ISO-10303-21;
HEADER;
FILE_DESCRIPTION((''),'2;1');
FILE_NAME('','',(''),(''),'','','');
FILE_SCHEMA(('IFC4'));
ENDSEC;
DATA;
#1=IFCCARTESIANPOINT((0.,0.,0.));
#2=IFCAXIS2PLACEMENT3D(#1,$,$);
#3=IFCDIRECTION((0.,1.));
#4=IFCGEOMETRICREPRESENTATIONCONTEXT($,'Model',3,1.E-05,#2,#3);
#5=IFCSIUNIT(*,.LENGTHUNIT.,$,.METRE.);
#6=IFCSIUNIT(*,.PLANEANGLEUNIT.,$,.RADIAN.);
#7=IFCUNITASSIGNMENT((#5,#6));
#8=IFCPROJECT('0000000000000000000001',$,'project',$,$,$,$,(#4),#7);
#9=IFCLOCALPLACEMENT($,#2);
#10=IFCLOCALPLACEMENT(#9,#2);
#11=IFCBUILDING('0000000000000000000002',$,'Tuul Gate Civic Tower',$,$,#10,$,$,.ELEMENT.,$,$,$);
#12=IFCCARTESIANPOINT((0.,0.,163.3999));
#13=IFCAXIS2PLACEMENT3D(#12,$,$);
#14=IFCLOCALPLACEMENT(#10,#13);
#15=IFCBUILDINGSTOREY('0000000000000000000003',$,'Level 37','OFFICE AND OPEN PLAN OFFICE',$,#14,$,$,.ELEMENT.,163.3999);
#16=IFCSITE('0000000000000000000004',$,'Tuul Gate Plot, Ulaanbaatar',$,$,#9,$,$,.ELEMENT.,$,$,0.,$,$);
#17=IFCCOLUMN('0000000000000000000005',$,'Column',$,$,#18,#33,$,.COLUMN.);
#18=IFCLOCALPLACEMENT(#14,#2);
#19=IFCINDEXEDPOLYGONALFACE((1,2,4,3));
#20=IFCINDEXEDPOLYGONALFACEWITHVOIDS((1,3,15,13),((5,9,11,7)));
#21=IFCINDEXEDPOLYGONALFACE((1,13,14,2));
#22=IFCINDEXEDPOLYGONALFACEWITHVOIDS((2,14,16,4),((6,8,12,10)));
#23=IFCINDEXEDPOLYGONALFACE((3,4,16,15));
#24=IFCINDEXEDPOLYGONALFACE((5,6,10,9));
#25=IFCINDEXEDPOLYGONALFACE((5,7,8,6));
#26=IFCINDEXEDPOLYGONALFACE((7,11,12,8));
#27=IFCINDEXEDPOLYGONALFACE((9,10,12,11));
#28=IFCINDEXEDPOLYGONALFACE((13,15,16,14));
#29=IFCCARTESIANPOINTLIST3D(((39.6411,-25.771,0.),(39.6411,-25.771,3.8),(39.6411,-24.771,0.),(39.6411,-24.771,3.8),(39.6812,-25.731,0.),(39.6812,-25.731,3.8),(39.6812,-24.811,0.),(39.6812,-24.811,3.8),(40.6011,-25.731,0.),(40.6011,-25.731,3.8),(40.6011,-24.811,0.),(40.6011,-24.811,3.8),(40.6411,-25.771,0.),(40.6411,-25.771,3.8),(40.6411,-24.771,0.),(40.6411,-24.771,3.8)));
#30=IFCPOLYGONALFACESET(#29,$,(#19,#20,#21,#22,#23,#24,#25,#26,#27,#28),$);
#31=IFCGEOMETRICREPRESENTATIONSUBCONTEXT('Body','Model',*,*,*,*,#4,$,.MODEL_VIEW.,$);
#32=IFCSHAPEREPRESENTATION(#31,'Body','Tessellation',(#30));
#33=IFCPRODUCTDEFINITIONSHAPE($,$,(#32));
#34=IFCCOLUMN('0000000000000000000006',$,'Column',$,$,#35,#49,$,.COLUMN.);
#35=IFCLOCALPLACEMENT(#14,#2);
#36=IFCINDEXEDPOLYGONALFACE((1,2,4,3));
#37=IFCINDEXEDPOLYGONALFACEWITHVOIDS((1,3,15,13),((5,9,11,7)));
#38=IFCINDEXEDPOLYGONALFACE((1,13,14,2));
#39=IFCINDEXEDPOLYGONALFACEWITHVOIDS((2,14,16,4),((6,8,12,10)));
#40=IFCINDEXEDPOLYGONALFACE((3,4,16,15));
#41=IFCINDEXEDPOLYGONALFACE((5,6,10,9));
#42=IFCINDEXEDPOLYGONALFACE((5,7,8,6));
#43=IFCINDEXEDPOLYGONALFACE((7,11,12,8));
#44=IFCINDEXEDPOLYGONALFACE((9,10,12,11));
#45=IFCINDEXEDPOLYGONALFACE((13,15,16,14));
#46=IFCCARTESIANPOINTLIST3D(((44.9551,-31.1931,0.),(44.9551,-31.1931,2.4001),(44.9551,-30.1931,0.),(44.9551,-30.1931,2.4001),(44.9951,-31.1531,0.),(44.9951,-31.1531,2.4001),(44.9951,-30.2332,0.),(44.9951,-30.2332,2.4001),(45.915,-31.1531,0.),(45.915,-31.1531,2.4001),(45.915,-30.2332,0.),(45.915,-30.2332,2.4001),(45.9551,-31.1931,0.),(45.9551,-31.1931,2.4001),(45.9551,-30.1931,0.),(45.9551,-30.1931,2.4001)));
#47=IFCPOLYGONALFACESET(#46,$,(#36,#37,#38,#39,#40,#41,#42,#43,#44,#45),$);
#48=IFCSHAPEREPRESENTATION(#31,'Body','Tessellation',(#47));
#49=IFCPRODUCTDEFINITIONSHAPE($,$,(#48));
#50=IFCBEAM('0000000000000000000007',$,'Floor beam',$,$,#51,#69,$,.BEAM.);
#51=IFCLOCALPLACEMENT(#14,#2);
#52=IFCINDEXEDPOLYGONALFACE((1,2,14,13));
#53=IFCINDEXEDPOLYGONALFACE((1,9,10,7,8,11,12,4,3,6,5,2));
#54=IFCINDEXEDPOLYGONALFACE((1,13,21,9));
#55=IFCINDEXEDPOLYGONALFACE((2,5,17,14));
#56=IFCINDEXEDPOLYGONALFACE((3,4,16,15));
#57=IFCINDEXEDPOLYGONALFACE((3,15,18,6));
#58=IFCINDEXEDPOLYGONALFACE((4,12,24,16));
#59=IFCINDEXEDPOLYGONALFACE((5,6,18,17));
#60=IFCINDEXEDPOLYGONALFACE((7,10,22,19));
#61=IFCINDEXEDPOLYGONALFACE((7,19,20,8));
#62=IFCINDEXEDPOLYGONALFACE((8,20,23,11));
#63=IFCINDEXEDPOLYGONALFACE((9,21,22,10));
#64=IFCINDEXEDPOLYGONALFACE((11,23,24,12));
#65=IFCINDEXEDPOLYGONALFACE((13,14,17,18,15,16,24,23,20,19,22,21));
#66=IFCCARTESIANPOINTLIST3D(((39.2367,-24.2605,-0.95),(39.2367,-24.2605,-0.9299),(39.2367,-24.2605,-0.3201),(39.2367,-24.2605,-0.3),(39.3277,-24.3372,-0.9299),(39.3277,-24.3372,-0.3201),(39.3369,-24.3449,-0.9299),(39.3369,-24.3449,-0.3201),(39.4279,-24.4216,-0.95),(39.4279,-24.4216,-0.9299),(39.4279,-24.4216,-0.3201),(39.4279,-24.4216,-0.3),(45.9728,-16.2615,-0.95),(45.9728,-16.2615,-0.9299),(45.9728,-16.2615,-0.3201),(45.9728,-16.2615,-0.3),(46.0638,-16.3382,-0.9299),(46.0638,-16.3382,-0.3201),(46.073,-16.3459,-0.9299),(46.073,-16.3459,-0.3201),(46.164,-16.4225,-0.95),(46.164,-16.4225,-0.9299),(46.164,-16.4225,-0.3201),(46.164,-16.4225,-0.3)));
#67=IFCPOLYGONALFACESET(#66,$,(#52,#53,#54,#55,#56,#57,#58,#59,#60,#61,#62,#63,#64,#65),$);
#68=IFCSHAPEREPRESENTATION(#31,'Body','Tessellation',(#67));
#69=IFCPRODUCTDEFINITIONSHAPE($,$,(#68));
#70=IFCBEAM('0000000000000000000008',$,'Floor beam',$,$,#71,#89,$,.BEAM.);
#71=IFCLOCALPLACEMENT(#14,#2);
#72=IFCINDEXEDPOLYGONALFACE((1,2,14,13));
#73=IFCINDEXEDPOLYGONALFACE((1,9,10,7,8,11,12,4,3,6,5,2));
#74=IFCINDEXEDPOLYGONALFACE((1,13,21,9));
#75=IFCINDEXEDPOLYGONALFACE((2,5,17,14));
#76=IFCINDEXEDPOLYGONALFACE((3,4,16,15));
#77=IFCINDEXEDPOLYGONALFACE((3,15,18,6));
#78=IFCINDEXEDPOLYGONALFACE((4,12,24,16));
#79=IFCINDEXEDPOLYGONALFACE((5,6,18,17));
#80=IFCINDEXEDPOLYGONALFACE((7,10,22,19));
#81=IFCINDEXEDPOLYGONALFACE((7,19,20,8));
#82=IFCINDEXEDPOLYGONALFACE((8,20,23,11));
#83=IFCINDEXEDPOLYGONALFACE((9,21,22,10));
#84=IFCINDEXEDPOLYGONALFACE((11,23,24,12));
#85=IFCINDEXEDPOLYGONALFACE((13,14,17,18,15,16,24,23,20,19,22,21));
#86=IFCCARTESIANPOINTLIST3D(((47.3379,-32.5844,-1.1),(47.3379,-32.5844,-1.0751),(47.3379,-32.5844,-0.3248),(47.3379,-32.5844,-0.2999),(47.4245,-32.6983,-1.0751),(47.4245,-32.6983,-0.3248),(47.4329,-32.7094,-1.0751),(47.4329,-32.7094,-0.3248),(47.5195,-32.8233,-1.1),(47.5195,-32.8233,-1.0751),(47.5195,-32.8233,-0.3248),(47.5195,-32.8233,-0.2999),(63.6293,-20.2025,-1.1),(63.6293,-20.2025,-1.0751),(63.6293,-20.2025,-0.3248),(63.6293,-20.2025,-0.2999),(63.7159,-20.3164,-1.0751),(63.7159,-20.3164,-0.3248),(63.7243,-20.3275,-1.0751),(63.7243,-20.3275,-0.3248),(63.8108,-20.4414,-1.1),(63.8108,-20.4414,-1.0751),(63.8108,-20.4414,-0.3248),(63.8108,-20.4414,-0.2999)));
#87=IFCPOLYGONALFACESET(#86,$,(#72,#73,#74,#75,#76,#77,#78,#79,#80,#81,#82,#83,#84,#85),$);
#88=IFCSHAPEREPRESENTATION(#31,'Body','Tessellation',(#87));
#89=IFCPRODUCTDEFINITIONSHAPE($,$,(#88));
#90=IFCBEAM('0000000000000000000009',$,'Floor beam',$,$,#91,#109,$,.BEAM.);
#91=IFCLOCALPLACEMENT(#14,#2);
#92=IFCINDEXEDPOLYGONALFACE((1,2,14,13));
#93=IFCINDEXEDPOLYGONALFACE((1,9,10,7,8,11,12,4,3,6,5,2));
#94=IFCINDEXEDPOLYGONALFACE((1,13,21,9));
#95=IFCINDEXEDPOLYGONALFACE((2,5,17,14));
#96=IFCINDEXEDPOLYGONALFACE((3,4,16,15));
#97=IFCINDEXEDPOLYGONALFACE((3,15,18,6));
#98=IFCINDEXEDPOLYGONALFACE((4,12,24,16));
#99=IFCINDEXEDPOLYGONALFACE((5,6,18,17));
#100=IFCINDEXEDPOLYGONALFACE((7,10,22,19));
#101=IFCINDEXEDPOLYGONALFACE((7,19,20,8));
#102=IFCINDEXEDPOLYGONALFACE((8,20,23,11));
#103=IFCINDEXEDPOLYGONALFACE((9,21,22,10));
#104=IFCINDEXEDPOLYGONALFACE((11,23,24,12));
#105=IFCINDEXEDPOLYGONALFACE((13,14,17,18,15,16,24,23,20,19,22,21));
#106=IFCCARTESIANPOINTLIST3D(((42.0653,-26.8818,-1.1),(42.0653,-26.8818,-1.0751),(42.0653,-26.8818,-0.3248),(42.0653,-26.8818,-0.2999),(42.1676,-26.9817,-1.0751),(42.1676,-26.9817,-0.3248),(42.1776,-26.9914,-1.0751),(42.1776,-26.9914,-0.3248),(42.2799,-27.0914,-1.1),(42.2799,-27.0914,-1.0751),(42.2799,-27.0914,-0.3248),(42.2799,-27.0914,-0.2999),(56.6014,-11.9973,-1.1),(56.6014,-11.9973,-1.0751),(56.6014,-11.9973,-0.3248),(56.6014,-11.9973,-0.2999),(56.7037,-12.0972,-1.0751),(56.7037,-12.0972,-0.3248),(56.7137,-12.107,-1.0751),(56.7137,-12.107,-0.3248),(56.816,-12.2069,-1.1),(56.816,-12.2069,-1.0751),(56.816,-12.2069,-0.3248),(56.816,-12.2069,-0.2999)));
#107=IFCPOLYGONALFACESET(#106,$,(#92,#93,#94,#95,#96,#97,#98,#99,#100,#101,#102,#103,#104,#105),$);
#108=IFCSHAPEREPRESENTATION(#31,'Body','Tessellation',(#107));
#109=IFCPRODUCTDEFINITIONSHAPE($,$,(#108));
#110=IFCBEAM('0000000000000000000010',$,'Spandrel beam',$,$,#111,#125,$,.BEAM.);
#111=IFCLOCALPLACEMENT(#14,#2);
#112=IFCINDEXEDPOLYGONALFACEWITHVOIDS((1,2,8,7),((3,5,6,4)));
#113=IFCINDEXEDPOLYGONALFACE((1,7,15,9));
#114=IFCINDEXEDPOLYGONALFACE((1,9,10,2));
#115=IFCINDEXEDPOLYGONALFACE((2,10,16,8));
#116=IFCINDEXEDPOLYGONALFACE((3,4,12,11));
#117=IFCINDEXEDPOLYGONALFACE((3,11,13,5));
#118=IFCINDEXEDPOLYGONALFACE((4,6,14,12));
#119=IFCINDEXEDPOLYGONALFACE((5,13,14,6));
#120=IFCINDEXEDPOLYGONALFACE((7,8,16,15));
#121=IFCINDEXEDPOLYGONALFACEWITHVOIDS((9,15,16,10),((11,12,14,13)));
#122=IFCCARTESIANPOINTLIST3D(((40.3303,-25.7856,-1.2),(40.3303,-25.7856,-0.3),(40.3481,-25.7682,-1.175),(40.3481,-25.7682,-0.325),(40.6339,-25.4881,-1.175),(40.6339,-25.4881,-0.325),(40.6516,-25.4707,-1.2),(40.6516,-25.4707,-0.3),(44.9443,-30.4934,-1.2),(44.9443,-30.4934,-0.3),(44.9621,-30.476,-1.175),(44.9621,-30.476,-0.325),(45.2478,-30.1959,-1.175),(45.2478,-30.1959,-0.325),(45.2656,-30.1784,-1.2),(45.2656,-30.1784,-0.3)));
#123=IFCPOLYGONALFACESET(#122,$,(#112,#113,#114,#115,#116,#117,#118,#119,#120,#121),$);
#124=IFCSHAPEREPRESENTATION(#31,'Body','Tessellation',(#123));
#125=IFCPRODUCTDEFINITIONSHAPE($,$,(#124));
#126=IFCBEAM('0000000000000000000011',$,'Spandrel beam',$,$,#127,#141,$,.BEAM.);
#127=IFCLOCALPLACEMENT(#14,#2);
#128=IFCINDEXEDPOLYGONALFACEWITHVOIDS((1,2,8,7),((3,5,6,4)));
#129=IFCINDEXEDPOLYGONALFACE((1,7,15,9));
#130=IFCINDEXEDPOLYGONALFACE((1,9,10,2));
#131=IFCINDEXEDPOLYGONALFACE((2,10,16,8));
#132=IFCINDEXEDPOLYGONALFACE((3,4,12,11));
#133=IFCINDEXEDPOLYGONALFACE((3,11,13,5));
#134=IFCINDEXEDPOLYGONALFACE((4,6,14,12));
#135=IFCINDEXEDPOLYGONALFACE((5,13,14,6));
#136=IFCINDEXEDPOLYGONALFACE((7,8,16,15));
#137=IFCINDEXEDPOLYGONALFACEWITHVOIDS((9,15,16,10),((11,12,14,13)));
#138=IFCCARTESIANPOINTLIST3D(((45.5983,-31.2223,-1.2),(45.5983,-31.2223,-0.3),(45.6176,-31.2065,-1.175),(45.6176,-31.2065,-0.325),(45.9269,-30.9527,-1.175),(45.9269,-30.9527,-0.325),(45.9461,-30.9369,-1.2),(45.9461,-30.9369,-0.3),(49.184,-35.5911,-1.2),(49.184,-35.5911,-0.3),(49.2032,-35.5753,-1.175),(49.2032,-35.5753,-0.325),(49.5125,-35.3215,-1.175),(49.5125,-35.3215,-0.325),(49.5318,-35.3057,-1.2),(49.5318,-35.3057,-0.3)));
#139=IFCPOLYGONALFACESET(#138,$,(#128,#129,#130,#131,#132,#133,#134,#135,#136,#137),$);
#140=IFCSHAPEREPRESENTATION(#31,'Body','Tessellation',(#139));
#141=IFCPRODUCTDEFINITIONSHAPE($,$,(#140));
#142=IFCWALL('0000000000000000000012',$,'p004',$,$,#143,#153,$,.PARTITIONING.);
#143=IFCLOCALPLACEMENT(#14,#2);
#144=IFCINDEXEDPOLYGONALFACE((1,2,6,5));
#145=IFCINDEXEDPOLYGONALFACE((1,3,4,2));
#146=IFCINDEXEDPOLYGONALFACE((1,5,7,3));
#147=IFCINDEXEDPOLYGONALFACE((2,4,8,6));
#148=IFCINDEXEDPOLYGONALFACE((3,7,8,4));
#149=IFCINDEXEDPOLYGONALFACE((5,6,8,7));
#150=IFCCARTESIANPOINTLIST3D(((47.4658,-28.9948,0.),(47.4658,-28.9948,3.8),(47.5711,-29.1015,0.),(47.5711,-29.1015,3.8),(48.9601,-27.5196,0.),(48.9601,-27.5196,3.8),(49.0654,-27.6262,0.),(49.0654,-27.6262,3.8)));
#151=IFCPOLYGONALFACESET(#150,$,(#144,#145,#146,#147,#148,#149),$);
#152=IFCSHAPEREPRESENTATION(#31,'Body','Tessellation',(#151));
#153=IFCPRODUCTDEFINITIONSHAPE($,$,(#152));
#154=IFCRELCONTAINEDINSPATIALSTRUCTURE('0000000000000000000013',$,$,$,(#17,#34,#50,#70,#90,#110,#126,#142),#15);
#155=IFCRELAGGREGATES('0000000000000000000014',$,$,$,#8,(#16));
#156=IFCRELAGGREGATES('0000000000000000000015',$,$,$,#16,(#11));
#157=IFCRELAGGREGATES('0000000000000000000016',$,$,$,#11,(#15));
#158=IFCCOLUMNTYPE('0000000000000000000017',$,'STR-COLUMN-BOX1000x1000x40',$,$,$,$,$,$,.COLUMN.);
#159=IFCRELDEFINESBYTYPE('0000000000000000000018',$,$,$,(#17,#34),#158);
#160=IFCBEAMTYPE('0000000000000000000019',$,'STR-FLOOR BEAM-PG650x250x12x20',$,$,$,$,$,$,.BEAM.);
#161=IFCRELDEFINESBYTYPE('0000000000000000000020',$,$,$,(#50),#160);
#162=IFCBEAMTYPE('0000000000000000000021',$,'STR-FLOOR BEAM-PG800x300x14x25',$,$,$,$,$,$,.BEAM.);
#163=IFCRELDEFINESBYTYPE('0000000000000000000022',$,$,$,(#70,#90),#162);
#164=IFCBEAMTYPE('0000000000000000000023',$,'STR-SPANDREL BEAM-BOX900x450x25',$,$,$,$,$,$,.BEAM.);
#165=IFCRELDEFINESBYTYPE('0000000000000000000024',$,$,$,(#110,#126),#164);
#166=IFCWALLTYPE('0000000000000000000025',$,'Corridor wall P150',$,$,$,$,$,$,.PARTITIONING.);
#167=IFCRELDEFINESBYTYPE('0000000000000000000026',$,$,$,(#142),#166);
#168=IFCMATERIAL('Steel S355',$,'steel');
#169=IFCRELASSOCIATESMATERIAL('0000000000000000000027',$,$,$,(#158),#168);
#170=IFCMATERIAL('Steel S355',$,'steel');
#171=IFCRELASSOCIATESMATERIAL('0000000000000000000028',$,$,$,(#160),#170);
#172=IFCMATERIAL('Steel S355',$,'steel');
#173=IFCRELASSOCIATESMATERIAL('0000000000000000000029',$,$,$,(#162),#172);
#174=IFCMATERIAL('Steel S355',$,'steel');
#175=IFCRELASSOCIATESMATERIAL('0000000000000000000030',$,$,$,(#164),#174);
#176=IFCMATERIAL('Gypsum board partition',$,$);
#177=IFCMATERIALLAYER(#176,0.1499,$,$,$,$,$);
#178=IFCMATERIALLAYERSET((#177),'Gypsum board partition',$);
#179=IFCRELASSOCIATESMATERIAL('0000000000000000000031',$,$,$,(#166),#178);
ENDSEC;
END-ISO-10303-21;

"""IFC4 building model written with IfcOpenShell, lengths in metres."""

from ifc_helpers import new_model, si_unit, direction, frame, frame_2d, origin, origin_2d, place, context, subcontext, project, spatial, rectangle, hollow_rectangle, i_section, extrude, material, layer, layer_set, material_profile, profile_set, type_object, element, save


model = new_model("IFC4")

# Units and contexts
model_context = context("Model", 3, precision=1e-05, world=origin(), true_north=direction((0.0, 1.0)))
body_context = subcontext(model_context, "Body", "Model", "MODEL_VIEW")
ifc_project = project(units=[si_unit("LENGTHUNIT", "METRE"), si_unit("PLANEANGLEUNIT", "RADIAN")], contexts=[model_context])

# Site, building, storey
site_placement = place(None, origin())
site = spatial("IfcSite", under=ifc_project, at=site_placement, Name="Tuul Gate Plot, Ulaanbaatar", CompositionType="ELEMENT", RefElevation=0.0)
building_placement = place(site_placement, origin())
building = spatial("IfcBuilding", under=site, at=building_placement, Name="Tuul Gate Civic Tower", CompositionType="ELEMENT")
storey_placement = place(building_placement, frame((0.0, 0.0, 163.3999)))
storey = spatial("IfcBuildingStorey", under=building, at=storey_placement, Name="Level 37", Description="OFFICE AND OPEN PLAN OFFICE", CompositionType="ELEMENT", Elevation=163.3999)

# Columns
ifc_material_1 = material(Name="Steel S355", Category="steel")
ifc_material_profile_1 = material_profile(ifc_material_1, hollow_rectangle(XDim=1.0, YDim=1.0, WallThickness=0.04, at=origin_2d()), Name="BOX1000x1000x40")
ifc_profile_set_1 = profile_set([ifc_material_profile_1], Name="Steel S355")
column_type = type_object("IfcColumnType", Name="STR-COLUMN-BOX1000x1000x40", PredefinedType="COLUMN", material=ifc_profile_set_1)
column_1_placement = place(storey_placement, frame((40.1411, -25.271, 0.0), z_axis=(0.0, 0.0, 1.0), x_axis=(1.0, 0.0, 0.0)))
element("IfcColumn", 1, at=column_1_placement, inside=storey, type_object=column_type, Name="Column", PredefinedType="COLUMN", context=body_context, shape_type="SweptSolid", body=[
    extrude(hollow_rectangle(XDim=1.0, YDim=1.0, WallThickness=0.04, at=origin_2d()), origin(), (0.0, 0.0, 1.0), 3.8),
])
column_2_placement = place(storey_placement, frame((45.4551, -30.6931, 0.0), z_axis=(0.0, 0.0, 1.0), x_axis=(1.0, 0.0, 0.0)))
element("IfcColumn", 2, at=column_2_placement, inside=storey, type_object=column_type, Name="Column", PredefinedType="COLUMN", context=body_context, shape_type="SweptSolid", body=[
    extrude(hollow_rectangle(XDim=1.0, YDim=1.0, WallThickness=0.04, at=origin_2d()), origin(), (0.0, 0.0, 1.0), 2.4001),
])

# Beams
ifc_material_2 = material(Name="Steel S355", Category="steel")
ifc_material_profile_2 = material_profile(ifc_material_2, i_section(OverallWidth=0.25, OverallDepth=0.6499, WebThickness=0.012, FlangeThickness=0.02, at=origin_2d()), Name="PG650x250x12x20")
ifc_profile_set_2 = profile_set([ifc_material_profile_2], Name="Steel S355")
beam_type_1 = type_object("IfcBeamType", Name="STR-FLOOR BEAM-PG650x250x12x20", PredefinedType="BEAM", material=ifc_profile_set_2)
beam_1_placement = place(storey_placement, frame((39.3323, -24.3411, -0.625), z_axis=(0.644139, 0.764908, 0.0), x_axis=(-0.764908, 0.644139, 0.0)))
element("IfcBeam", 3, at=beam_1_placement, inside=storey, type_object=beam_type_1, Name="Floor beam", PredefinedType="BEAM", context=body_context, shape_type="SweptSolid", body=[
    extrude(i_section(OverallWidth=0.25, OverallDepth=0.6499, WebThickness=0.012, FlangeThickness=0.02, at=origin_2d()), origin(), (0.0, 0.0, 1.0), 10.4575),
])
ifc_material_3 = material(Name="Steel S355", Category="steel")
ifc_material_profile_3 = material_profile(ifc_material_3, i_section(OverallWidth=0.3, OverallDepth=0.8, WebThickness=0.0139, FlangeThickness=0.0249, at=origin_2d()), Name="PG800x300x14x25")
ifc_profile_set_3 = profile_set([ifc_material_profile_3], Name="Steel S355")
beam_type_2 = type_object("IfcBeamType", Name="STR-FLOOR BEAM-PG800x300x14x25", PredefinedType="BEAM", material=ifc_profile_set_3)
beam_2_placement = place(storey_placement, frame((47.4287, -32.7039, -0.7), z_axis=(0.796151, 0.605098, 0.0), x_axis=(-0.605098, 0.796151, 0.0)))
element("IfcBeam", 4, at=beam_2_placement, inside=storey, type_object=beam_type_2, Name="Floor beam", PredefinedType="BEAM", context=body_context, shape_type="SweptSolid", body=[
    extrude(i_section(OverallWidth=0.3, OverallDepth=0.8, WebThickness=0.0139, FlangeThickness=0.0249, at=origin_2d()), origin(), (0.0, 0.0, 1.0), 20.4626),
])
beam_3_placement = place(storey_placement, frame((42.1726, -26.9866, -0.7), z_axis=(0.698684, 0.71543, 0.0), x_axis=(-0.71543, 0.698684, 0.0)))
element("IfcBeam", 5, at=beam_3_placement, inside=storey, type_object=beam_type_2, Name="Floor beam", PredefinedType="BEAM", context=body_context, shape_type="SweptSolid", body=[
    extrude(i_section(OverallWidth=0.3, OverallDepth=0.8, WebThickness=0.0139, FlangeThickness=0.0249, at=origin_2d()), origin(), (0.0, 0.0, 1.0), 20.8049),
])
ifc_material_4 = material(Name="Steel S355", Category="steel")
ifc_material_profile_4 = material_profile(ifc_material_4, hollow_rectangle(XDim=0.45, YDim=0.8999, WallThickness=0.0249, at=origin_2d()), Name="BOX900x450x25")
ifc_profile_set_4 = profile_set([ifc_material_profile_4], Name="Steel S355")
beam_type_3 = type_object("IfcBeamType", Name="STR-SPANDREL BEAM-BOX900x450x25", PredefinedType="BEAM", material=ifc_profile_set_4)
beam_4_placement = place(storey_placement, frame((40.491, -25.6282, -0.75), z_axis=(0.69996, -0.714182, 0.0), x_axis=(0.714182, 0.69996, 0.0)))
element("IfcBeam", 6, at=beam_4_placement, inside=storey, type_object=beam_type_3, Name="Spandrel beam", PredefinedType="BEAM", context=body_context, shape_type="SweptSolid", body=[
    extrude(hollow_rectangle(XDim=0.45, YDim=0.8999, WallThickness=0.0249, at=origin_2d()), origin(), (0.0, 0.0, 1.0), 6.5918),
])
beam_5_placement = place(storey_placement, frame((45.7722, -31.0796, -0.75), z_axis=(0.634418, -0.77299, 0.0), x_axis=(0.77299, 0.634418, 0.0)))
element("IfcBeam", 7, at=beam_5_placement, inside=storey, type_object=beam_type_3, Name="Spandrel beam", PredefinedType="BEAM", context=body_context, shape_type="SweptSolid", body=[
    extrude(hollow_rectangle(XDim=0.45, YDim=0.8999, WallThickness=0.0249, at=origin_2d()), origin(), (0.0, 0.0, 1.0), 5.6519),
])

# Wall
ifc_material_5 = material(Name="Gypsum board partition")
ifc_layer_1 = layer(ifc_material_5, 0.1499)
ifc_layer_set_1 = layer_set([ifc_layer_1], Name="Gypsum board partition")
wall_type_1 = type_object("IfcWallType", Name="Corridor wall P150", PredefinedType="PARTITIONING", material=ifc_layer_set_1)
wall_1_placement = place(storey_placement, frame((47.5186, -29.0481, 0.0), z_axis=(0.0, 0.0, 1.0), x_axis=(0.711626, 0.702558, 0.0)))
element("IfcWall", 8, at=wall_1_placement, inside=storey, type_object=wall_type_1, Name="p004", PredefinedType="PARTITIONING", context=body_context, shape_type="SweptSolid", body=[
    extrude(rectangle(XDim=2.0999, YDim=0.1499, at=frame_2d((1.0498, 0.0))), origin(), (0.0, 0.0, 1.0), 3.8),
])

save(model, "model.ifc")
